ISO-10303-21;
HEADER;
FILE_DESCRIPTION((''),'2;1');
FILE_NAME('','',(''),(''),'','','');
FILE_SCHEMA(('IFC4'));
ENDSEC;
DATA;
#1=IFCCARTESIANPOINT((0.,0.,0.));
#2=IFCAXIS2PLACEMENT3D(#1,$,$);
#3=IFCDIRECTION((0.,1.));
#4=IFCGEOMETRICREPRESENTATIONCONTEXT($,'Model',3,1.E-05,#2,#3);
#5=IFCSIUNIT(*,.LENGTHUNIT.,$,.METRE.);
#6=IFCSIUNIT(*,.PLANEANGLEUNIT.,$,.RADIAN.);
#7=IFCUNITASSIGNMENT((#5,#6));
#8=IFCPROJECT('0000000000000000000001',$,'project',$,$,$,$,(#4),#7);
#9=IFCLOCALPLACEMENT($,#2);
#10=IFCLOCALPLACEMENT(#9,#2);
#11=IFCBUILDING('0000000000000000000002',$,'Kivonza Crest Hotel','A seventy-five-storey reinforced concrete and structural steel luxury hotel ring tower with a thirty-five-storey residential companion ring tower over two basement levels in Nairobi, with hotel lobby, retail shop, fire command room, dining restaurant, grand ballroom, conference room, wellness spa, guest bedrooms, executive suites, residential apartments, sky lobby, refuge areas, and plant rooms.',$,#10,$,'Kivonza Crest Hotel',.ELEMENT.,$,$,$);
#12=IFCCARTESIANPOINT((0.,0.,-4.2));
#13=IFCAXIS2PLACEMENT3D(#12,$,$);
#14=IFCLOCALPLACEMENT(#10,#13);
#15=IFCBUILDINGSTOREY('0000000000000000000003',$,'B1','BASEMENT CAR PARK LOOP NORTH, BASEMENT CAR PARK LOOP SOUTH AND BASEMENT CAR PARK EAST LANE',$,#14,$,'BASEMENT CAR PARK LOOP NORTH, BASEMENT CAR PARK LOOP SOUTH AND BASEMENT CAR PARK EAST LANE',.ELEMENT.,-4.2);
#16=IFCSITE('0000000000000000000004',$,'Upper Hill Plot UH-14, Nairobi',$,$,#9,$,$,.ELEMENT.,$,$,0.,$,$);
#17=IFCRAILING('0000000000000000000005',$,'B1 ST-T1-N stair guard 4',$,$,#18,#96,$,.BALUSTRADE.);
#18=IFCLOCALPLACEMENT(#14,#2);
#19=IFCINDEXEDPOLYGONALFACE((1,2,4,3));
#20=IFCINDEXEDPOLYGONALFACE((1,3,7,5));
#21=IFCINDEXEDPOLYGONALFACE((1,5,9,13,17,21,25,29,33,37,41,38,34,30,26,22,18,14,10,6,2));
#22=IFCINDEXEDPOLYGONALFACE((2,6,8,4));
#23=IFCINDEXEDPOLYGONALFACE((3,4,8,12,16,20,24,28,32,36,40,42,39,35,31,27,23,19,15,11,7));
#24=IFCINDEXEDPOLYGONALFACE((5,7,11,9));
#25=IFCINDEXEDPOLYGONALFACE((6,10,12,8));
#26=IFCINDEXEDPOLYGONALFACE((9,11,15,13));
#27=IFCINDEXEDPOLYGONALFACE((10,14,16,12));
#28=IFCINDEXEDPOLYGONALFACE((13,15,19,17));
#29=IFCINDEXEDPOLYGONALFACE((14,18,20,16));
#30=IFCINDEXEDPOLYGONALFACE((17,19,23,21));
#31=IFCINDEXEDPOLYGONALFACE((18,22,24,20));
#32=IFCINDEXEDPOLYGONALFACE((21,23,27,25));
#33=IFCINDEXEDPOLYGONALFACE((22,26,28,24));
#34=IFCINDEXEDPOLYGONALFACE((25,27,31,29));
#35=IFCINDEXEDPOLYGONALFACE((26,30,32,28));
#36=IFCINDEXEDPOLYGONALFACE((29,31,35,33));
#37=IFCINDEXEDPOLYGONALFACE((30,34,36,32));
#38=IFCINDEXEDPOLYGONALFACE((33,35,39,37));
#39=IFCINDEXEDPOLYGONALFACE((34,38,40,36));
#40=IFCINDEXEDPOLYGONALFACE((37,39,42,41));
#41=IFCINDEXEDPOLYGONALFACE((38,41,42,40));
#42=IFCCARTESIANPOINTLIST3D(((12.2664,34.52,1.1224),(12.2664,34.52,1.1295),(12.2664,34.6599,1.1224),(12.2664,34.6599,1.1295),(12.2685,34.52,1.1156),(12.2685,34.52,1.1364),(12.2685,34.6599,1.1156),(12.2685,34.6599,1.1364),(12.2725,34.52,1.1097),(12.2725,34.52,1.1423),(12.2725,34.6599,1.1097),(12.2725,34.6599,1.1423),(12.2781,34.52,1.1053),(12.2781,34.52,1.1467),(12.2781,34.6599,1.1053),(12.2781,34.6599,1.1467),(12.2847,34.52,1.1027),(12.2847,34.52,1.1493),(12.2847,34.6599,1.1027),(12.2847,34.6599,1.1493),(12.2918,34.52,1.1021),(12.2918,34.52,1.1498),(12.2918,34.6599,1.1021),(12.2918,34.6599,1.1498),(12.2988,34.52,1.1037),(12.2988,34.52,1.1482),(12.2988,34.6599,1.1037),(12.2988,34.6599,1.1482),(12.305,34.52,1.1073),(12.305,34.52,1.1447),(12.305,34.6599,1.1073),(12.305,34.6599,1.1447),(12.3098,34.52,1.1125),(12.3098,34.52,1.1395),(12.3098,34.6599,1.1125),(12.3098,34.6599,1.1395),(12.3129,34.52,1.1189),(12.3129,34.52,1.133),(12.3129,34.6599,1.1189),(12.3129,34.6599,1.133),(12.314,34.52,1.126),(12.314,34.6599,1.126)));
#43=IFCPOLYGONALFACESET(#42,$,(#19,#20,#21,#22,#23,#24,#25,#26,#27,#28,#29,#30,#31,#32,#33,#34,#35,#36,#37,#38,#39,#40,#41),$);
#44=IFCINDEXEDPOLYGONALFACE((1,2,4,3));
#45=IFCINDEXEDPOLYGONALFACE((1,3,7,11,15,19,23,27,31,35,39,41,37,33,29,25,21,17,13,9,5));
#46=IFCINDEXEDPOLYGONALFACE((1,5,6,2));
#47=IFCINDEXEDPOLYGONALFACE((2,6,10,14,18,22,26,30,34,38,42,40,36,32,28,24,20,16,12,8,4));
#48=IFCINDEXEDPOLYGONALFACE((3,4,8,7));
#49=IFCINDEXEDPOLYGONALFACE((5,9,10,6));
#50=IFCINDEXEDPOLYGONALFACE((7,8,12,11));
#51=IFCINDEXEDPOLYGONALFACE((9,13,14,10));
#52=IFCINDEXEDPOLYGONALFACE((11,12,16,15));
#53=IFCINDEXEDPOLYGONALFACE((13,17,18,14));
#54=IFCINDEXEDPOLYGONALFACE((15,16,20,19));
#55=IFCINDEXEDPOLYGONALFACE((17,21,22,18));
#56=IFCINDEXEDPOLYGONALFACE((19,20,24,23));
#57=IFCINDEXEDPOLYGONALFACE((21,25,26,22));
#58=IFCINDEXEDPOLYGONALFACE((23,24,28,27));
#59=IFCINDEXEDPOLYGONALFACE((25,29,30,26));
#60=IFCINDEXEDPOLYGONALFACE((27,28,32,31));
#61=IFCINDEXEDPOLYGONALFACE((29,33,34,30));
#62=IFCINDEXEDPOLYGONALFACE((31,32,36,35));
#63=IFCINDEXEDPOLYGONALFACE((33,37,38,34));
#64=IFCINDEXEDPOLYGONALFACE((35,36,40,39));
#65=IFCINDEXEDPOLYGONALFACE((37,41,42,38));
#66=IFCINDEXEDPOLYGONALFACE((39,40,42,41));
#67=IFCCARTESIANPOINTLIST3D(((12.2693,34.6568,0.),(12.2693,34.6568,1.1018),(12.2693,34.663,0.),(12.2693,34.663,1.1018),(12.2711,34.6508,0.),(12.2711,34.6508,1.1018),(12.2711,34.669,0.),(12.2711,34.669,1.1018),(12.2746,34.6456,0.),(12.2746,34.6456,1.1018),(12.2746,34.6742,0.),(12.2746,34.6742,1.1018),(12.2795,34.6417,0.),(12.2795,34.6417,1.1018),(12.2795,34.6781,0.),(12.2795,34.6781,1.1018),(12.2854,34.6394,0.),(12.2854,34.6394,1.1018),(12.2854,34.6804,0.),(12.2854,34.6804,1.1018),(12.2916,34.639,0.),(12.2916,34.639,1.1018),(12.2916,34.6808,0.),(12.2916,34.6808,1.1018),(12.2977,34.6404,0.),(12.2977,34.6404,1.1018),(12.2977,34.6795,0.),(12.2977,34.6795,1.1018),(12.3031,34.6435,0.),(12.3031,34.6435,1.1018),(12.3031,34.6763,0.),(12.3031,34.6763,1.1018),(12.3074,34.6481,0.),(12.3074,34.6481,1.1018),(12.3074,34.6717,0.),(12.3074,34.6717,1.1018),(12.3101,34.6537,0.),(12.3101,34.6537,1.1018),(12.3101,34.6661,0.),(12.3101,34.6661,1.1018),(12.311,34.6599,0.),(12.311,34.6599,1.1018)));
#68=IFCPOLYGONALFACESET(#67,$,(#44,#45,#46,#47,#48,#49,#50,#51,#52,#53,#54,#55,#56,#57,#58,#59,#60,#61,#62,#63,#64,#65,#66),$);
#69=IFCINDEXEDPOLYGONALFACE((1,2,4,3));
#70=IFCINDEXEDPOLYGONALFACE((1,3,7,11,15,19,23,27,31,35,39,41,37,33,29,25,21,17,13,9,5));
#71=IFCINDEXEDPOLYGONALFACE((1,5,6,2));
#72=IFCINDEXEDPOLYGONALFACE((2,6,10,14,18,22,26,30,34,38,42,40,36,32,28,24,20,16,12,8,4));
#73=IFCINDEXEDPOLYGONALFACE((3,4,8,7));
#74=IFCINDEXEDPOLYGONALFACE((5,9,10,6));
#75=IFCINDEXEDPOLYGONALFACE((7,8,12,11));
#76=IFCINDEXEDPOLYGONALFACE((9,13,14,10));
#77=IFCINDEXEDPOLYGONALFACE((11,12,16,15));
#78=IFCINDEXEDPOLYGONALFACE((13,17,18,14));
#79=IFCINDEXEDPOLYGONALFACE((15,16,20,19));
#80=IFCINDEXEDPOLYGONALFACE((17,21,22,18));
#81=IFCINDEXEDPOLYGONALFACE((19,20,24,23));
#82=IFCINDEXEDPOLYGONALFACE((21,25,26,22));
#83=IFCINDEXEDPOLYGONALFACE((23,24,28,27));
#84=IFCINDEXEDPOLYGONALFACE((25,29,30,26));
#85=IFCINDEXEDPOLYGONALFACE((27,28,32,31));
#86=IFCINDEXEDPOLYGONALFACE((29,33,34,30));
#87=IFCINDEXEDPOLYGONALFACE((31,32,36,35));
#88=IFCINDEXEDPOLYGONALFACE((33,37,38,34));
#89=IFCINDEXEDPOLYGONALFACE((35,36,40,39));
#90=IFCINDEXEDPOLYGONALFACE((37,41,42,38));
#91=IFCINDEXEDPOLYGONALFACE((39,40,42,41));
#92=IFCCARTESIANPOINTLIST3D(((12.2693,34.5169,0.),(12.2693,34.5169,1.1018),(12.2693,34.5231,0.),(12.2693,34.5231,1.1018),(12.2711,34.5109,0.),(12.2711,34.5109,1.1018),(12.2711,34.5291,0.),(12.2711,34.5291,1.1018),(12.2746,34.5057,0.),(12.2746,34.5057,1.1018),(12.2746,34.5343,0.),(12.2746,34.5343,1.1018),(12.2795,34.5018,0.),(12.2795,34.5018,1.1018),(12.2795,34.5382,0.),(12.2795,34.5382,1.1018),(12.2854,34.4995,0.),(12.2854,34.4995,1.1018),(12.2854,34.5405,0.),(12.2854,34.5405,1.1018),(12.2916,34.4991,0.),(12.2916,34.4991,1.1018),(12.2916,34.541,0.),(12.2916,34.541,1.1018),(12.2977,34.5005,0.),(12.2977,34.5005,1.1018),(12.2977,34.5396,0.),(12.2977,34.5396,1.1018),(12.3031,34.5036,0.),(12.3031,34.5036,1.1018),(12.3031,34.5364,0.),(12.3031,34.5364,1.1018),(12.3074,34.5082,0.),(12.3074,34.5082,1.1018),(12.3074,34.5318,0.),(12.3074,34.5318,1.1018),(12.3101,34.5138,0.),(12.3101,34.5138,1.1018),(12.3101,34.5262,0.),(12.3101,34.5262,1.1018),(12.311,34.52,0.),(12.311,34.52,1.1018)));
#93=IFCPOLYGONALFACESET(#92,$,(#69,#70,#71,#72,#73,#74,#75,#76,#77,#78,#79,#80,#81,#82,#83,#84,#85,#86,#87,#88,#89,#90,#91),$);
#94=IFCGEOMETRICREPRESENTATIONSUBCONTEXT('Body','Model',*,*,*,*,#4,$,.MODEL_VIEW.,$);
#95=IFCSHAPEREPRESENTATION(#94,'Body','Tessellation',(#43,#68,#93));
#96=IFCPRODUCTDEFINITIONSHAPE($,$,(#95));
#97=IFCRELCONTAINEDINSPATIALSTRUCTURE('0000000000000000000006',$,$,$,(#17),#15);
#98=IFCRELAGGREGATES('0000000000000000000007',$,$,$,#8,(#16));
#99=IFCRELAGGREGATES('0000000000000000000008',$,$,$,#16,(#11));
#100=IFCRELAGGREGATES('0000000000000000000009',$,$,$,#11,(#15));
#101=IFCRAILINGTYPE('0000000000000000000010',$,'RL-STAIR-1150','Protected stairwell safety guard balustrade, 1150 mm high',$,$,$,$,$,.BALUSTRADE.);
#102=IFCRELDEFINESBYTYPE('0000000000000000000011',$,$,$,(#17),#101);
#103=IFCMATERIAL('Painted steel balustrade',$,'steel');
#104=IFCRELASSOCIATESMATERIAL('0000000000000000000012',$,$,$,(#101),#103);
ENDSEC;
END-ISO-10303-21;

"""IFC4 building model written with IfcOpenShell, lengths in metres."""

from ifc_helpers import new_model, si_unit, direction, frame, origin, origin_2d, place, context, subcontext, project, spatial, circle, extrude, material, type_object, element, save


model = new_model("IFC4")

# Units and contexts
model_context = context("Model", 3, precision=1e-05, world=origin(), true_north=direction((0.0, 1.0)))
body_context = subcontext(model_context, "Body", "Model", "MODEL_VIEW")
ifc_project = project(units=[si_unit("LENGTHUNIT", "METRE"), si_unit("PLANEANGLEUNIT", "RADIAN")], contexts=[model_context])

# Site, building, storey
site_placement = place(None, origin())
site = spatial("IfcSite", under=ifc_project, at=site_placement, Name="Upper Hill Plot UH-14, Nairobi", CompositionType="ELEMENT", RefElevation=0.0)
building_placement = place(site_placement, origin())
building = spatial("IfcBuilding", under=site, at=building_placement, Name="Kivonza Crest Hotel", Description="A seventy-five-storey reinforced concrete and structural steel luxury hotel ring tower with a thirty-five-storey residential companion ring tower over two basement levels in Nairobi, with hotel lobby, retail shop, fire command room, dining restaurant, grand ballroom, conference room, wellness spa, guest bedrooms, executive suites, residential apartments, sky lobby, refuge areas, and plant rooms.", LongName="Kivonza Crest Hotel", CompositionType="ELEMENT")
storey_placement = place(building_placement, frame((0.0, 0.0, -4.2)))
storey = spatial("IfcBuildingStorey", under=building, at=storey_placement, Name="B1", Description="BASEMENT CAR PARK LOOP NORTH, BASEMENT CAR PARK LOOP SOUTH AND BASEMENT CAR PARK EAST LANE", LongName="BASEMENT CAR PARK LOOP NORTH, BASEMENT CAR PARK LOOP SOUTH AND BASEMENT CAR PARK EAST LANE", CompositionType="ELEMENT", Elevation=-4.2)

# Railing
ifc_material_1 = material(Name="Painted steel balustrade", Category="steel")
railing_type_1 = type_object("IfcRailingType", Name="RL-STAIR-1150", Description="Protected stairwell safety guard balustrade, 1150 mm high", PredefinedType="BALUSTRADE", material=ifc_material_1)
railing_1_placement = place(storey_placement, frame((12.29, 34.6599, 0.0)))
element("IfcRailing", 1, at=railing_1_placement, inside=storey, type_object=railing_type_1, Name="B1 ST-T1-N stair guard 4", PredefinedType="BALUSTRADE", context=body_context, shape_type="SweptSolid", body=[
    extrude(circle(Radius=0.0239, at=origin_2d()), frame((0.0, 0.0, 1.126), z_axis=(0.0, -1.0, 0.0), x_axis=(1.0, 0.0, 0.0)), (0.0, 0.0, 1.0), 0.1399),
    extrude(circle(Radius=0.021, at=origin_2d()), origin(), (0.0, 0.0, 1.0), 1.1018),
    extrude(circle(Radius=0.021, at=origin_2d()), frame((0.0, -0.1399, 0.0)), (0.0, 0.0, 1.0), 1.1018),
])

save(model, "model.ifc")
